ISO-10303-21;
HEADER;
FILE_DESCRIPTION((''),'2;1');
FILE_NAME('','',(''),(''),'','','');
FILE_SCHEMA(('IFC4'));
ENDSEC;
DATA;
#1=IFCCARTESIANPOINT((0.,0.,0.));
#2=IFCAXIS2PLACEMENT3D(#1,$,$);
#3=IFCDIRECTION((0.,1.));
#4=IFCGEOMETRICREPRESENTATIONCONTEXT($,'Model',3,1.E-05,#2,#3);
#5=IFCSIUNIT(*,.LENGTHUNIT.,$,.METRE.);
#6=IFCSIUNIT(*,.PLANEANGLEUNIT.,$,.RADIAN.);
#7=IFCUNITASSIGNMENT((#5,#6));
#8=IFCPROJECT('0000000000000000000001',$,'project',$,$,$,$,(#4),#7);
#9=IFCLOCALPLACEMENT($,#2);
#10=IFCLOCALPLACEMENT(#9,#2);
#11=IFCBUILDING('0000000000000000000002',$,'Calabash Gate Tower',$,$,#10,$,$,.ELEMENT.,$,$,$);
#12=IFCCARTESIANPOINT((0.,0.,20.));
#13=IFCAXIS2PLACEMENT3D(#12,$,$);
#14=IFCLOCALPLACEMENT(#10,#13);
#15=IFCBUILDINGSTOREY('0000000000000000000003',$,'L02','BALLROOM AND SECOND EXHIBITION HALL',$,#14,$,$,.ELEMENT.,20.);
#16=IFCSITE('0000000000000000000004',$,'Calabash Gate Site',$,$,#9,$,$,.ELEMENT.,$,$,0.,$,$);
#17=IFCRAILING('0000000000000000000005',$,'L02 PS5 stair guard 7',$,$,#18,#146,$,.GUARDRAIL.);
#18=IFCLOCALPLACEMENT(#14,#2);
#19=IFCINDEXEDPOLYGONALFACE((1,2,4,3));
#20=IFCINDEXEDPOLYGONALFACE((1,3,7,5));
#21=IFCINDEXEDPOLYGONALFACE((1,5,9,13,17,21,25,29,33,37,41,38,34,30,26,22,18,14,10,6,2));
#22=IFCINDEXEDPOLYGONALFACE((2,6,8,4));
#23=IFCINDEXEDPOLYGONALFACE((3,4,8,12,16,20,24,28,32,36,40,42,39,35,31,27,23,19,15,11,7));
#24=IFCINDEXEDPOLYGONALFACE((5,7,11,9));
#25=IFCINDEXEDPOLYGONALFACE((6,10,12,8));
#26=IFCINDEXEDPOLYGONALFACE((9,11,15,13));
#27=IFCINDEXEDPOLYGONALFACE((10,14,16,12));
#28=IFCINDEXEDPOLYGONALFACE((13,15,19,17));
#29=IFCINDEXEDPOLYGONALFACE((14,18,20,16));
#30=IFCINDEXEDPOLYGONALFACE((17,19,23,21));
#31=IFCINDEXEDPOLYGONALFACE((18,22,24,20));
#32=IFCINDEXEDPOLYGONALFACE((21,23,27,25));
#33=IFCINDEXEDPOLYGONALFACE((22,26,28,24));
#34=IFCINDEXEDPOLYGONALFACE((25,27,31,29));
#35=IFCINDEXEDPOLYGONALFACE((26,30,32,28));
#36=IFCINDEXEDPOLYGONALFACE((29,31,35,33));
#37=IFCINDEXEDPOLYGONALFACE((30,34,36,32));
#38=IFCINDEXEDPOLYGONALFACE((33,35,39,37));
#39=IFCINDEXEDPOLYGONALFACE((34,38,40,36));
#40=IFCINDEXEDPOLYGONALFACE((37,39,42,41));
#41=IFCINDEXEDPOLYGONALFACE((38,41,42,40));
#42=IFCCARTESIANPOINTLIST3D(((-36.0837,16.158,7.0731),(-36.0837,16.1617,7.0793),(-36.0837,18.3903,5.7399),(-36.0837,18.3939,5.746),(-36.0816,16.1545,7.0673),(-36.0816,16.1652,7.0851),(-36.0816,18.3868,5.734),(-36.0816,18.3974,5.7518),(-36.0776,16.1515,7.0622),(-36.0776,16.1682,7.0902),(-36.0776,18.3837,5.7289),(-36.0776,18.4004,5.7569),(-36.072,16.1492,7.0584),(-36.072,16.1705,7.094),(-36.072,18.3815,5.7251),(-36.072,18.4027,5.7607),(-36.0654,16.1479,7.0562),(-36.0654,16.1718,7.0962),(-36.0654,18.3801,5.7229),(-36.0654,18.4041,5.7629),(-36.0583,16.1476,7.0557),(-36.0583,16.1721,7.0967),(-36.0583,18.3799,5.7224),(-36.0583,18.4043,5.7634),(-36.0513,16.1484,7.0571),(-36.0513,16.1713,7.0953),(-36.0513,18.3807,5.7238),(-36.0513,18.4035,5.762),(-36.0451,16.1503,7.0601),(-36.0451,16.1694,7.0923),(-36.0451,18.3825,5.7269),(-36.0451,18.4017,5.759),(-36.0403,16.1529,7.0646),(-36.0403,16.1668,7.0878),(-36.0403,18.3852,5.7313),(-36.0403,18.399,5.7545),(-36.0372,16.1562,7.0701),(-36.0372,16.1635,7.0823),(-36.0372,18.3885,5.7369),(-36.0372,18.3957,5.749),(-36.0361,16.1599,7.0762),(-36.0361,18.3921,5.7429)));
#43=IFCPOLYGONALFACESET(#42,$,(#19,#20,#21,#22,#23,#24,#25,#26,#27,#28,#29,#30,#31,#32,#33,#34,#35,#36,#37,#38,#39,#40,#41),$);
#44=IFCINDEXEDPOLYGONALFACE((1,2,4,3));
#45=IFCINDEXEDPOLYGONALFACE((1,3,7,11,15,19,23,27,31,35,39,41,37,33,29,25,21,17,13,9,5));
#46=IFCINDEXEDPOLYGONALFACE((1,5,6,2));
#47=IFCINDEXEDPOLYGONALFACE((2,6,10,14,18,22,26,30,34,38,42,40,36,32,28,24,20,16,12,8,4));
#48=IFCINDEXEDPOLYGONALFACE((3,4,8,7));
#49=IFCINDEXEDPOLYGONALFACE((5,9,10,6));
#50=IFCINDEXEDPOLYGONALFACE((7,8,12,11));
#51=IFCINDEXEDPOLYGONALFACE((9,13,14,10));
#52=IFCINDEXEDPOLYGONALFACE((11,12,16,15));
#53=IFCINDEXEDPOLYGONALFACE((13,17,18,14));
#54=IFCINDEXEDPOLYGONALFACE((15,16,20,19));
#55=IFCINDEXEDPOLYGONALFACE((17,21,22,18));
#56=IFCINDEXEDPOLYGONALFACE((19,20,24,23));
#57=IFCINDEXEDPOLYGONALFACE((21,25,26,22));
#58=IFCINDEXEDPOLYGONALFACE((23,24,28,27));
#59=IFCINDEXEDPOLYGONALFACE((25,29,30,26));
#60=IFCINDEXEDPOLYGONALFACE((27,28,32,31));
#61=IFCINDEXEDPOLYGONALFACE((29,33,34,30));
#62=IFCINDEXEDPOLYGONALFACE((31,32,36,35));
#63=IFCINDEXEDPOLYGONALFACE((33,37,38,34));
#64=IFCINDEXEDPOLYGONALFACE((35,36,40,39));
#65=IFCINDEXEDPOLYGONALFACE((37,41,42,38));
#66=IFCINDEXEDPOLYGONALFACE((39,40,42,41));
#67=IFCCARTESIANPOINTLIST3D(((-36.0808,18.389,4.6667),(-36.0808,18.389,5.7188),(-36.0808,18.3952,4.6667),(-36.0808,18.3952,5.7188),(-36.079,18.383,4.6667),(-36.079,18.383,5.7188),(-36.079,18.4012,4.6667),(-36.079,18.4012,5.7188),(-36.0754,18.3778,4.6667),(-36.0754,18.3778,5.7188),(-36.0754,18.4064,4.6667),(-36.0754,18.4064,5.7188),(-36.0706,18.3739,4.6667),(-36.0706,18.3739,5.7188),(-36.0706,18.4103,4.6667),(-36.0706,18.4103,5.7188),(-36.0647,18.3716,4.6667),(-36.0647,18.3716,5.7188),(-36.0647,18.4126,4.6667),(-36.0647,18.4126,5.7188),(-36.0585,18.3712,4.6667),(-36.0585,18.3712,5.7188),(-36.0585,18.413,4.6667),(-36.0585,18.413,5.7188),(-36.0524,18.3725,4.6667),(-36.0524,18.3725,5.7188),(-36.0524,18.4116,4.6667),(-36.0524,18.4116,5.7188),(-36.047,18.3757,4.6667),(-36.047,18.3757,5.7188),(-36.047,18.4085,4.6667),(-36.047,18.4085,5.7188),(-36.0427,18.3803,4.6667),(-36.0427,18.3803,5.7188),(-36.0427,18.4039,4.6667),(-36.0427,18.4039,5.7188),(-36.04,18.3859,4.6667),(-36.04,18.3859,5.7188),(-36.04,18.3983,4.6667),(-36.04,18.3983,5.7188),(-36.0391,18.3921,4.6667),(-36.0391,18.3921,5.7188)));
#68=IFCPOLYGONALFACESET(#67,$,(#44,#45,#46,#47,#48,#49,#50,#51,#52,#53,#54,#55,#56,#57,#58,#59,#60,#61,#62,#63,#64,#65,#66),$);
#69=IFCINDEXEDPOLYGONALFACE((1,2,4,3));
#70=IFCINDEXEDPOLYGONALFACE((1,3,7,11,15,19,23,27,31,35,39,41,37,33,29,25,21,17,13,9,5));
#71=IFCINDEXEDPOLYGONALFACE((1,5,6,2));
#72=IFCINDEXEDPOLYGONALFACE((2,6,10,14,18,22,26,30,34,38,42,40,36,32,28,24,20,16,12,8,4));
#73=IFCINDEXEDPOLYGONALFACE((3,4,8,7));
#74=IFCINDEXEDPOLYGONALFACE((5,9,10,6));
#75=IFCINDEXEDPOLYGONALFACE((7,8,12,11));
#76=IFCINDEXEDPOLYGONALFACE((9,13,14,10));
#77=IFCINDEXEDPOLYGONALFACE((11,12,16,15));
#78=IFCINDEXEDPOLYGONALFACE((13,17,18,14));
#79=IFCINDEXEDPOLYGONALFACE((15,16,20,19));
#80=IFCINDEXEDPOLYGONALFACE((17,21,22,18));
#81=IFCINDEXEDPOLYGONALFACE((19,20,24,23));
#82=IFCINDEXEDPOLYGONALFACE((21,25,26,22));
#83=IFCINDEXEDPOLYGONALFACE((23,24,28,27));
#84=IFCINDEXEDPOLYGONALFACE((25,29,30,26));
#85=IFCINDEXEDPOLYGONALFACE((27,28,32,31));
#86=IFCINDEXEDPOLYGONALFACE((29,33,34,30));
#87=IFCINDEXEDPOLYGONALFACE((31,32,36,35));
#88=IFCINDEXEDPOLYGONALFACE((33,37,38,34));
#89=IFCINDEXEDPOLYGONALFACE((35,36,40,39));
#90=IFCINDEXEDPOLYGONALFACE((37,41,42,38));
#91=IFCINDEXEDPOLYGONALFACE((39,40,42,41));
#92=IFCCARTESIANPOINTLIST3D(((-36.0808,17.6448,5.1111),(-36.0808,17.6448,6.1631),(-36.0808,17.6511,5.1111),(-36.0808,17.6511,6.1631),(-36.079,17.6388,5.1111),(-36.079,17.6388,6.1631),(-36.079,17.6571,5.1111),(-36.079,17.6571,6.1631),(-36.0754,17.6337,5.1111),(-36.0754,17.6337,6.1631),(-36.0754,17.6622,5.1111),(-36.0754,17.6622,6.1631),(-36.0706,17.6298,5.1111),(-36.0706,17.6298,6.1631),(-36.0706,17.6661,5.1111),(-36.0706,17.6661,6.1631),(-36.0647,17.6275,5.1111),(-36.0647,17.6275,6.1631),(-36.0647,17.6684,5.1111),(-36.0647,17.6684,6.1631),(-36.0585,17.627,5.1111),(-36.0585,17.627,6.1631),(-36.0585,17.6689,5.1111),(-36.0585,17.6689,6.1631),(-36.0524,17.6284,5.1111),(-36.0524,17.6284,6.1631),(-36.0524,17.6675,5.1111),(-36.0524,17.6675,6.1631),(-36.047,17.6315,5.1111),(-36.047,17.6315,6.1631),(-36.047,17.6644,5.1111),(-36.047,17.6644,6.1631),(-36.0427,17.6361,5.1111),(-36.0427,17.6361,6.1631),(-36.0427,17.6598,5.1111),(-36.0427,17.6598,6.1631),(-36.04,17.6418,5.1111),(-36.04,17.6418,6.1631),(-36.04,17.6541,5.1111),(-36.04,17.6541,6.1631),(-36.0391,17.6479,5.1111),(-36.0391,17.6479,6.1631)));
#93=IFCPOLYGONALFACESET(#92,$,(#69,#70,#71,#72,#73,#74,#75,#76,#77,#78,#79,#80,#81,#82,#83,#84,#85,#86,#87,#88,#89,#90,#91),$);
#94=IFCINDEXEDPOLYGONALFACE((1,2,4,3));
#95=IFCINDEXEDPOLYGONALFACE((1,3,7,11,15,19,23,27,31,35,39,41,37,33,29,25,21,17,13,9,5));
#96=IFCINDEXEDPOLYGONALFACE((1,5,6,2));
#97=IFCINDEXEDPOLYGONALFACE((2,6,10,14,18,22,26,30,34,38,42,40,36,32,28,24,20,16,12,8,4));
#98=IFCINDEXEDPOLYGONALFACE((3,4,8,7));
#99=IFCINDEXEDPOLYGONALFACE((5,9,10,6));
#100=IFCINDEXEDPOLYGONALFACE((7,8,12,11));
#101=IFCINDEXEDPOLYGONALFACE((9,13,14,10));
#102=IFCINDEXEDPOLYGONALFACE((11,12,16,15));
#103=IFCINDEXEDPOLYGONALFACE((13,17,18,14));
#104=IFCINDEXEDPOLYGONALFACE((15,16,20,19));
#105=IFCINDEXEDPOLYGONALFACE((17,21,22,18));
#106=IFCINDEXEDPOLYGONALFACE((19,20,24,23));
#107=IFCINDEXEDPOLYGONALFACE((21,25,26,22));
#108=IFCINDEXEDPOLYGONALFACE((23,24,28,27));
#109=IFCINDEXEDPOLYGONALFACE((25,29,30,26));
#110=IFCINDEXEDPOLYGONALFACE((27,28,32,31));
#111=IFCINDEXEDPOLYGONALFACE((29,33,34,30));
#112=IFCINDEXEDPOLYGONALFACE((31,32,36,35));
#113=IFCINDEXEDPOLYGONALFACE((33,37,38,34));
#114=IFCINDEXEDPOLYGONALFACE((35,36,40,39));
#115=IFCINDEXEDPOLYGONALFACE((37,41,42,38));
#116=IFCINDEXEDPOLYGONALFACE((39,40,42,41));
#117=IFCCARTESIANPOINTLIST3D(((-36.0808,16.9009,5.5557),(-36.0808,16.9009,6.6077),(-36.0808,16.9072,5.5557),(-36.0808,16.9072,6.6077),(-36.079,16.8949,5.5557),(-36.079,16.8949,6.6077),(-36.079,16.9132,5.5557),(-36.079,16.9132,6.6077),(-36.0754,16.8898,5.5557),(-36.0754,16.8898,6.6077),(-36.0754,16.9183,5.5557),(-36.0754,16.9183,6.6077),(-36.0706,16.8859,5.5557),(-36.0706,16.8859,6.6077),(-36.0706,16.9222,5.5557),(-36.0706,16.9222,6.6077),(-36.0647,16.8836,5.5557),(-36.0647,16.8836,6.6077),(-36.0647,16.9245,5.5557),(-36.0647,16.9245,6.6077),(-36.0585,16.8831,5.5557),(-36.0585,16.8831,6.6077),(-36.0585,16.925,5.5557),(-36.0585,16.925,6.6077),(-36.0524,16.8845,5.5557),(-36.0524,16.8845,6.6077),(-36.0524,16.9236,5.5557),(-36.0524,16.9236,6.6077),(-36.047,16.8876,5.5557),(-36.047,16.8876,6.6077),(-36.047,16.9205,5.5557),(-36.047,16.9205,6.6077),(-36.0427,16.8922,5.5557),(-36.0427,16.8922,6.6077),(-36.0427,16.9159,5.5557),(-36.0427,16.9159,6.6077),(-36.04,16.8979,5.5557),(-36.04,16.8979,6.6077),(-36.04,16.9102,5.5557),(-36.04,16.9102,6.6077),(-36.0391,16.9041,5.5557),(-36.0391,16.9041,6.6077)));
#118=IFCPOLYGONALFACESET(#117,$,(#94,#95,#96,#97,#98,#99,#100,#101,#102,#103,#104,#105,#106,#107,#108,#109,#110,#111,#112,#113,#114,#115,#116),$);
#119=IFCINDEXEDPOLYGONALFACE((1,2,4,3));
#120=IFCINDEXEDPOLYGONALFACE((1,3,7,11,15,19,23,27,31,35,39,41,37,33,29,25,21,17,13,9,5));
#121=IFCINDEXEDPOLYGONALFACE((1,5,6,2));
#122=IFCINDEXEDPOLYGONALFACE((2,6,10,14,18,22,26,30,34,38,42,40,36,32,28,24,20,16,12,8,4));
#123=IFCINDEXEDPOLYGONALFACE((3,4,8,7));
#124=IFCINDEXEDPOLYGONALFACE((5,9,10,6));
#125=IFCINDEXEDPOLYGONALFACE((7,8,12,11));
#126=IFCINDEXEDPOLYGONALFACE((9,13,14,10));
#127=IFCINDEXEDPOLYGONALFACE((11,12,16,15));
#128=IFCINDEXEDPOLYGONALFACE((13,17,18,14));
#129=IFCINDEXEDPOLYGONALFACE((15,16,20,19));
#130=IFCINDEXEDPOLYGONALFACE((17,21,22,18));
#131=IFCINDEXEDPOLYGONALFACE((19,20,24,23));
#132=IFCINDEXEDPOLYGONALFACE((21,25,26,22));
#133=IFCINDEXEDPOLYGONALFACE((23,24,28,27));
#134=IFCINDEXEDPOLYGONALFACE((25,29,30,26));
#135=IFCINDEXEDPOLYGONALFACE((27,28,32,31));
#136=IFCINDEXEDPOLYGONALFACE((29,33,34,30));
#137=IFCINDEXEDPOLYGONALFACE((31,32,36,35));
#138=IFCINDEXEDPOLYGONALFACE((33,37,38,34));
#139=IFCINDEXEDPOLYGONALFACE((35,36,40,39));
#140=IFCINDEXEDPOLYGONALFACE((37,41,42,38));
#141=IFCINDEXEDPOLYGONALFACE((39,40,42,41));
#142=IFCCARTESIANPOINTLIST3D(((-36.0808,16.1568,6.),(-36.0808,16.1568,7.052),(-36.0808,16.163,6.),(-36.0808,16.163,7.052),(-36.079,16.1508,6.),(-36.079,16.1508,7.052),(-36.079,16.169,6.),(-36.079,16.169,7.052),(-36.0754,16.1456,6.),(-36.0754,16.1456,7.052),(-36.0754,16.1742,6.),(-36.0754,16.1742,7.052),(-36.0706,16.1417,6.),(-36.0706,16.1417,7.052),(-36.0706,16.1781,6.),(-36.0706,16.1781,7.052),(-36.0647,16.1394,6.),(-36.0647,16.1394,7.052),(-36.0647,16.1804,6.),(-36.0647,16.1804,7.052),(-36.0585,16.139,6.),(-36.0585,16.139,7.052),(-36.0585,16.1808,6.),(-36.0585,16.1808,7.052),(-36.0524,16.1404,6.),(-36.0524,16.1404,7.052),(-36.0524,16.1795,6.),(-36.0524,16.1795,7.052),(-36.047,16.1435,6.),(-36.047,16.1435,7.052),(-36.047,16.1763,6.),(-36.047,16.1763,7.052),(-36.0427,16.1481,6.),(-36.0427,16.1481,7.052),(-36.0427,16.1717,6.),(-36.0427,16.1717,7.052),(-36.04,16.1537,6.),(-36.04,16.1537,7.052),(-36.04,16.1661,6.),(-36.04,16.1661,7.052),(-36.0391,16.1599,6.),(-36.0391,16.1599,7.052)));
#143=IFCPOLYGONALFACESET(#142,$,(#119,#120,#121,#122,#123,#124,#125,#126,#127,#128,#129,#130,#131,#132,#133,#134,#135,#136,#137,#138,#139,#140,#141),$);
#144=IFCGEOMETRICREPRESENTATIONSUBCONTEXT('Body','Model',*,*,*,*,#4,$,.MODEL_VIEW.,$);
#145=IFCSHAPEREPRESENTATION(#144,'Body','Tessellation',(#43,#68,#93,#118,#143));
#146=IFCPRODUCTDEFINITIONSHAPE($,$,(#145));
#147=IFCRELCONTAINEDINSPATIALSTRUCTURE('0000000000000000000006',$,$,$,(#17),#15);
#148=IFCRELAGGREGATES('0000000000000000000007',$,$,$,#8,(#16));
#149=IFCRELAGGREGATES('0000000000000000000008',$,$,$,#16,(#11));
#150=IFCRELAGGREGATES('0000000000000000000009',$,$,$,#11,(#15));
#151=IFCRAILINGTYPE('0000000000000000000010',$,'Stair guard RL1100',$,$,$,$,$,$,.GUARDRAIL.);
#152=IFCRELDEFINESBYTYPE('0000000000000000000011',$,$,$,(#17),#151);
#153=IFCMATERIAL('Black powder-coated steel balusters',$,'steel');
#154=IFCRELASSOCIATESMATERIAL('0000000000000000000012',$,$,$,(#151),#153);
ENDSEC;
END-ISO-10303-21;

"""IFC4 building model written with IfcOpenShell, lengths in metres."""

from ifc_helpers import new_model, si_unit, direction, frame, origin, origin_2d, place, context, subcontext, project, spatial, circle, extrude, material, type_object, element, save


model = new_model("IFC4")

# Units and contexts
model_context = context("Model", 3, precision=1e-05, world=origin(), true_north=direction((0.0, 1.0)))
body_context = subcontext(model_context, "Body", "Model", "MODEL_VIEW")
ifc_project = project(units=[si_unit("LENGTHUNIT", "METRE"), si_unit("PLANEANGLEUNIT", "RADIAN")], contexts=[model_context])

# Site, building, storey
site_placement = place(None, origin())
site = spatial("IfcSite", under=ifc_project, at=site_placement, Name="Calabash Gate Site", CompositionType="ELEMENT", RefElevation=0.0)
building_placement = place(site_placement, origin())
building = spatial("IfcBuilding", under=site, at=building_placement, Name="Calabash Gate Tower", CompositionType="ELEMENT")
storey_placement = place(building_placement, frame((0.0, 0.0, 20.0)))
storey = spatial("IfcBuildingStorey", under=building, at=storey_placement, Name="L02", Description="BALLROOM AND SECOND EXHIBITION HALL", CompositionType="ELEMENT", Elevation=20.0)

# Railing
ifc_material_1 = material(Name="Black powder-coated steel balusters", Category="steel")
railing_type_1 = type_object("IfcRailingType", Name="Stair guard RL1100", PredefinedType="GUARDRAIL", material=ifc_material_1)
for number, where, name in (
    (1, (-36.0601, 18.3921, 4.6667), "L02 PS5 stair guard 7"),
):
    element("IfcRailing", number, at=place(storey_placement, frame(where)), inside=storey, type_object=railing_type_1, Name=name, PredefinedType="GUARDRAIL", context=body_context, shape_type="SweptSolid", body=[
        extrude(circle(Radius=0.0239, at=origin_2d()), frame((0.0, 0.0, 1.0762), z_axis=(0.0, -0.858519, 0.512782), x_axis=(1.0, 0.0, 0.0)), (0.0, 0.0, 1.0), 2.6001),
        extrude(circle(Radius=0.021, at=origin_2d()), origin(), (0.0, 0.0, 1.0), 1.052),
        extrude(circle(Radius=0.021, at=origin_2d()), frame((0.0, -0.7441, 0.4443)), (0.0, 0.0, 1.0), 1.052),
        extrude(circle(Radius=0.021, at=origin_2d()), frame((0.0, -1.488, 0.8889)), (0.0, 0.0, 1.0), 1.052),
        extrude(circle(Radius=0.021, at=origin_2d()), frame((0.0, -2.2322, 1.3333)), (0.0, 0.0, 1.0), 1.052),
    ])

save(model, "model.ifc")
